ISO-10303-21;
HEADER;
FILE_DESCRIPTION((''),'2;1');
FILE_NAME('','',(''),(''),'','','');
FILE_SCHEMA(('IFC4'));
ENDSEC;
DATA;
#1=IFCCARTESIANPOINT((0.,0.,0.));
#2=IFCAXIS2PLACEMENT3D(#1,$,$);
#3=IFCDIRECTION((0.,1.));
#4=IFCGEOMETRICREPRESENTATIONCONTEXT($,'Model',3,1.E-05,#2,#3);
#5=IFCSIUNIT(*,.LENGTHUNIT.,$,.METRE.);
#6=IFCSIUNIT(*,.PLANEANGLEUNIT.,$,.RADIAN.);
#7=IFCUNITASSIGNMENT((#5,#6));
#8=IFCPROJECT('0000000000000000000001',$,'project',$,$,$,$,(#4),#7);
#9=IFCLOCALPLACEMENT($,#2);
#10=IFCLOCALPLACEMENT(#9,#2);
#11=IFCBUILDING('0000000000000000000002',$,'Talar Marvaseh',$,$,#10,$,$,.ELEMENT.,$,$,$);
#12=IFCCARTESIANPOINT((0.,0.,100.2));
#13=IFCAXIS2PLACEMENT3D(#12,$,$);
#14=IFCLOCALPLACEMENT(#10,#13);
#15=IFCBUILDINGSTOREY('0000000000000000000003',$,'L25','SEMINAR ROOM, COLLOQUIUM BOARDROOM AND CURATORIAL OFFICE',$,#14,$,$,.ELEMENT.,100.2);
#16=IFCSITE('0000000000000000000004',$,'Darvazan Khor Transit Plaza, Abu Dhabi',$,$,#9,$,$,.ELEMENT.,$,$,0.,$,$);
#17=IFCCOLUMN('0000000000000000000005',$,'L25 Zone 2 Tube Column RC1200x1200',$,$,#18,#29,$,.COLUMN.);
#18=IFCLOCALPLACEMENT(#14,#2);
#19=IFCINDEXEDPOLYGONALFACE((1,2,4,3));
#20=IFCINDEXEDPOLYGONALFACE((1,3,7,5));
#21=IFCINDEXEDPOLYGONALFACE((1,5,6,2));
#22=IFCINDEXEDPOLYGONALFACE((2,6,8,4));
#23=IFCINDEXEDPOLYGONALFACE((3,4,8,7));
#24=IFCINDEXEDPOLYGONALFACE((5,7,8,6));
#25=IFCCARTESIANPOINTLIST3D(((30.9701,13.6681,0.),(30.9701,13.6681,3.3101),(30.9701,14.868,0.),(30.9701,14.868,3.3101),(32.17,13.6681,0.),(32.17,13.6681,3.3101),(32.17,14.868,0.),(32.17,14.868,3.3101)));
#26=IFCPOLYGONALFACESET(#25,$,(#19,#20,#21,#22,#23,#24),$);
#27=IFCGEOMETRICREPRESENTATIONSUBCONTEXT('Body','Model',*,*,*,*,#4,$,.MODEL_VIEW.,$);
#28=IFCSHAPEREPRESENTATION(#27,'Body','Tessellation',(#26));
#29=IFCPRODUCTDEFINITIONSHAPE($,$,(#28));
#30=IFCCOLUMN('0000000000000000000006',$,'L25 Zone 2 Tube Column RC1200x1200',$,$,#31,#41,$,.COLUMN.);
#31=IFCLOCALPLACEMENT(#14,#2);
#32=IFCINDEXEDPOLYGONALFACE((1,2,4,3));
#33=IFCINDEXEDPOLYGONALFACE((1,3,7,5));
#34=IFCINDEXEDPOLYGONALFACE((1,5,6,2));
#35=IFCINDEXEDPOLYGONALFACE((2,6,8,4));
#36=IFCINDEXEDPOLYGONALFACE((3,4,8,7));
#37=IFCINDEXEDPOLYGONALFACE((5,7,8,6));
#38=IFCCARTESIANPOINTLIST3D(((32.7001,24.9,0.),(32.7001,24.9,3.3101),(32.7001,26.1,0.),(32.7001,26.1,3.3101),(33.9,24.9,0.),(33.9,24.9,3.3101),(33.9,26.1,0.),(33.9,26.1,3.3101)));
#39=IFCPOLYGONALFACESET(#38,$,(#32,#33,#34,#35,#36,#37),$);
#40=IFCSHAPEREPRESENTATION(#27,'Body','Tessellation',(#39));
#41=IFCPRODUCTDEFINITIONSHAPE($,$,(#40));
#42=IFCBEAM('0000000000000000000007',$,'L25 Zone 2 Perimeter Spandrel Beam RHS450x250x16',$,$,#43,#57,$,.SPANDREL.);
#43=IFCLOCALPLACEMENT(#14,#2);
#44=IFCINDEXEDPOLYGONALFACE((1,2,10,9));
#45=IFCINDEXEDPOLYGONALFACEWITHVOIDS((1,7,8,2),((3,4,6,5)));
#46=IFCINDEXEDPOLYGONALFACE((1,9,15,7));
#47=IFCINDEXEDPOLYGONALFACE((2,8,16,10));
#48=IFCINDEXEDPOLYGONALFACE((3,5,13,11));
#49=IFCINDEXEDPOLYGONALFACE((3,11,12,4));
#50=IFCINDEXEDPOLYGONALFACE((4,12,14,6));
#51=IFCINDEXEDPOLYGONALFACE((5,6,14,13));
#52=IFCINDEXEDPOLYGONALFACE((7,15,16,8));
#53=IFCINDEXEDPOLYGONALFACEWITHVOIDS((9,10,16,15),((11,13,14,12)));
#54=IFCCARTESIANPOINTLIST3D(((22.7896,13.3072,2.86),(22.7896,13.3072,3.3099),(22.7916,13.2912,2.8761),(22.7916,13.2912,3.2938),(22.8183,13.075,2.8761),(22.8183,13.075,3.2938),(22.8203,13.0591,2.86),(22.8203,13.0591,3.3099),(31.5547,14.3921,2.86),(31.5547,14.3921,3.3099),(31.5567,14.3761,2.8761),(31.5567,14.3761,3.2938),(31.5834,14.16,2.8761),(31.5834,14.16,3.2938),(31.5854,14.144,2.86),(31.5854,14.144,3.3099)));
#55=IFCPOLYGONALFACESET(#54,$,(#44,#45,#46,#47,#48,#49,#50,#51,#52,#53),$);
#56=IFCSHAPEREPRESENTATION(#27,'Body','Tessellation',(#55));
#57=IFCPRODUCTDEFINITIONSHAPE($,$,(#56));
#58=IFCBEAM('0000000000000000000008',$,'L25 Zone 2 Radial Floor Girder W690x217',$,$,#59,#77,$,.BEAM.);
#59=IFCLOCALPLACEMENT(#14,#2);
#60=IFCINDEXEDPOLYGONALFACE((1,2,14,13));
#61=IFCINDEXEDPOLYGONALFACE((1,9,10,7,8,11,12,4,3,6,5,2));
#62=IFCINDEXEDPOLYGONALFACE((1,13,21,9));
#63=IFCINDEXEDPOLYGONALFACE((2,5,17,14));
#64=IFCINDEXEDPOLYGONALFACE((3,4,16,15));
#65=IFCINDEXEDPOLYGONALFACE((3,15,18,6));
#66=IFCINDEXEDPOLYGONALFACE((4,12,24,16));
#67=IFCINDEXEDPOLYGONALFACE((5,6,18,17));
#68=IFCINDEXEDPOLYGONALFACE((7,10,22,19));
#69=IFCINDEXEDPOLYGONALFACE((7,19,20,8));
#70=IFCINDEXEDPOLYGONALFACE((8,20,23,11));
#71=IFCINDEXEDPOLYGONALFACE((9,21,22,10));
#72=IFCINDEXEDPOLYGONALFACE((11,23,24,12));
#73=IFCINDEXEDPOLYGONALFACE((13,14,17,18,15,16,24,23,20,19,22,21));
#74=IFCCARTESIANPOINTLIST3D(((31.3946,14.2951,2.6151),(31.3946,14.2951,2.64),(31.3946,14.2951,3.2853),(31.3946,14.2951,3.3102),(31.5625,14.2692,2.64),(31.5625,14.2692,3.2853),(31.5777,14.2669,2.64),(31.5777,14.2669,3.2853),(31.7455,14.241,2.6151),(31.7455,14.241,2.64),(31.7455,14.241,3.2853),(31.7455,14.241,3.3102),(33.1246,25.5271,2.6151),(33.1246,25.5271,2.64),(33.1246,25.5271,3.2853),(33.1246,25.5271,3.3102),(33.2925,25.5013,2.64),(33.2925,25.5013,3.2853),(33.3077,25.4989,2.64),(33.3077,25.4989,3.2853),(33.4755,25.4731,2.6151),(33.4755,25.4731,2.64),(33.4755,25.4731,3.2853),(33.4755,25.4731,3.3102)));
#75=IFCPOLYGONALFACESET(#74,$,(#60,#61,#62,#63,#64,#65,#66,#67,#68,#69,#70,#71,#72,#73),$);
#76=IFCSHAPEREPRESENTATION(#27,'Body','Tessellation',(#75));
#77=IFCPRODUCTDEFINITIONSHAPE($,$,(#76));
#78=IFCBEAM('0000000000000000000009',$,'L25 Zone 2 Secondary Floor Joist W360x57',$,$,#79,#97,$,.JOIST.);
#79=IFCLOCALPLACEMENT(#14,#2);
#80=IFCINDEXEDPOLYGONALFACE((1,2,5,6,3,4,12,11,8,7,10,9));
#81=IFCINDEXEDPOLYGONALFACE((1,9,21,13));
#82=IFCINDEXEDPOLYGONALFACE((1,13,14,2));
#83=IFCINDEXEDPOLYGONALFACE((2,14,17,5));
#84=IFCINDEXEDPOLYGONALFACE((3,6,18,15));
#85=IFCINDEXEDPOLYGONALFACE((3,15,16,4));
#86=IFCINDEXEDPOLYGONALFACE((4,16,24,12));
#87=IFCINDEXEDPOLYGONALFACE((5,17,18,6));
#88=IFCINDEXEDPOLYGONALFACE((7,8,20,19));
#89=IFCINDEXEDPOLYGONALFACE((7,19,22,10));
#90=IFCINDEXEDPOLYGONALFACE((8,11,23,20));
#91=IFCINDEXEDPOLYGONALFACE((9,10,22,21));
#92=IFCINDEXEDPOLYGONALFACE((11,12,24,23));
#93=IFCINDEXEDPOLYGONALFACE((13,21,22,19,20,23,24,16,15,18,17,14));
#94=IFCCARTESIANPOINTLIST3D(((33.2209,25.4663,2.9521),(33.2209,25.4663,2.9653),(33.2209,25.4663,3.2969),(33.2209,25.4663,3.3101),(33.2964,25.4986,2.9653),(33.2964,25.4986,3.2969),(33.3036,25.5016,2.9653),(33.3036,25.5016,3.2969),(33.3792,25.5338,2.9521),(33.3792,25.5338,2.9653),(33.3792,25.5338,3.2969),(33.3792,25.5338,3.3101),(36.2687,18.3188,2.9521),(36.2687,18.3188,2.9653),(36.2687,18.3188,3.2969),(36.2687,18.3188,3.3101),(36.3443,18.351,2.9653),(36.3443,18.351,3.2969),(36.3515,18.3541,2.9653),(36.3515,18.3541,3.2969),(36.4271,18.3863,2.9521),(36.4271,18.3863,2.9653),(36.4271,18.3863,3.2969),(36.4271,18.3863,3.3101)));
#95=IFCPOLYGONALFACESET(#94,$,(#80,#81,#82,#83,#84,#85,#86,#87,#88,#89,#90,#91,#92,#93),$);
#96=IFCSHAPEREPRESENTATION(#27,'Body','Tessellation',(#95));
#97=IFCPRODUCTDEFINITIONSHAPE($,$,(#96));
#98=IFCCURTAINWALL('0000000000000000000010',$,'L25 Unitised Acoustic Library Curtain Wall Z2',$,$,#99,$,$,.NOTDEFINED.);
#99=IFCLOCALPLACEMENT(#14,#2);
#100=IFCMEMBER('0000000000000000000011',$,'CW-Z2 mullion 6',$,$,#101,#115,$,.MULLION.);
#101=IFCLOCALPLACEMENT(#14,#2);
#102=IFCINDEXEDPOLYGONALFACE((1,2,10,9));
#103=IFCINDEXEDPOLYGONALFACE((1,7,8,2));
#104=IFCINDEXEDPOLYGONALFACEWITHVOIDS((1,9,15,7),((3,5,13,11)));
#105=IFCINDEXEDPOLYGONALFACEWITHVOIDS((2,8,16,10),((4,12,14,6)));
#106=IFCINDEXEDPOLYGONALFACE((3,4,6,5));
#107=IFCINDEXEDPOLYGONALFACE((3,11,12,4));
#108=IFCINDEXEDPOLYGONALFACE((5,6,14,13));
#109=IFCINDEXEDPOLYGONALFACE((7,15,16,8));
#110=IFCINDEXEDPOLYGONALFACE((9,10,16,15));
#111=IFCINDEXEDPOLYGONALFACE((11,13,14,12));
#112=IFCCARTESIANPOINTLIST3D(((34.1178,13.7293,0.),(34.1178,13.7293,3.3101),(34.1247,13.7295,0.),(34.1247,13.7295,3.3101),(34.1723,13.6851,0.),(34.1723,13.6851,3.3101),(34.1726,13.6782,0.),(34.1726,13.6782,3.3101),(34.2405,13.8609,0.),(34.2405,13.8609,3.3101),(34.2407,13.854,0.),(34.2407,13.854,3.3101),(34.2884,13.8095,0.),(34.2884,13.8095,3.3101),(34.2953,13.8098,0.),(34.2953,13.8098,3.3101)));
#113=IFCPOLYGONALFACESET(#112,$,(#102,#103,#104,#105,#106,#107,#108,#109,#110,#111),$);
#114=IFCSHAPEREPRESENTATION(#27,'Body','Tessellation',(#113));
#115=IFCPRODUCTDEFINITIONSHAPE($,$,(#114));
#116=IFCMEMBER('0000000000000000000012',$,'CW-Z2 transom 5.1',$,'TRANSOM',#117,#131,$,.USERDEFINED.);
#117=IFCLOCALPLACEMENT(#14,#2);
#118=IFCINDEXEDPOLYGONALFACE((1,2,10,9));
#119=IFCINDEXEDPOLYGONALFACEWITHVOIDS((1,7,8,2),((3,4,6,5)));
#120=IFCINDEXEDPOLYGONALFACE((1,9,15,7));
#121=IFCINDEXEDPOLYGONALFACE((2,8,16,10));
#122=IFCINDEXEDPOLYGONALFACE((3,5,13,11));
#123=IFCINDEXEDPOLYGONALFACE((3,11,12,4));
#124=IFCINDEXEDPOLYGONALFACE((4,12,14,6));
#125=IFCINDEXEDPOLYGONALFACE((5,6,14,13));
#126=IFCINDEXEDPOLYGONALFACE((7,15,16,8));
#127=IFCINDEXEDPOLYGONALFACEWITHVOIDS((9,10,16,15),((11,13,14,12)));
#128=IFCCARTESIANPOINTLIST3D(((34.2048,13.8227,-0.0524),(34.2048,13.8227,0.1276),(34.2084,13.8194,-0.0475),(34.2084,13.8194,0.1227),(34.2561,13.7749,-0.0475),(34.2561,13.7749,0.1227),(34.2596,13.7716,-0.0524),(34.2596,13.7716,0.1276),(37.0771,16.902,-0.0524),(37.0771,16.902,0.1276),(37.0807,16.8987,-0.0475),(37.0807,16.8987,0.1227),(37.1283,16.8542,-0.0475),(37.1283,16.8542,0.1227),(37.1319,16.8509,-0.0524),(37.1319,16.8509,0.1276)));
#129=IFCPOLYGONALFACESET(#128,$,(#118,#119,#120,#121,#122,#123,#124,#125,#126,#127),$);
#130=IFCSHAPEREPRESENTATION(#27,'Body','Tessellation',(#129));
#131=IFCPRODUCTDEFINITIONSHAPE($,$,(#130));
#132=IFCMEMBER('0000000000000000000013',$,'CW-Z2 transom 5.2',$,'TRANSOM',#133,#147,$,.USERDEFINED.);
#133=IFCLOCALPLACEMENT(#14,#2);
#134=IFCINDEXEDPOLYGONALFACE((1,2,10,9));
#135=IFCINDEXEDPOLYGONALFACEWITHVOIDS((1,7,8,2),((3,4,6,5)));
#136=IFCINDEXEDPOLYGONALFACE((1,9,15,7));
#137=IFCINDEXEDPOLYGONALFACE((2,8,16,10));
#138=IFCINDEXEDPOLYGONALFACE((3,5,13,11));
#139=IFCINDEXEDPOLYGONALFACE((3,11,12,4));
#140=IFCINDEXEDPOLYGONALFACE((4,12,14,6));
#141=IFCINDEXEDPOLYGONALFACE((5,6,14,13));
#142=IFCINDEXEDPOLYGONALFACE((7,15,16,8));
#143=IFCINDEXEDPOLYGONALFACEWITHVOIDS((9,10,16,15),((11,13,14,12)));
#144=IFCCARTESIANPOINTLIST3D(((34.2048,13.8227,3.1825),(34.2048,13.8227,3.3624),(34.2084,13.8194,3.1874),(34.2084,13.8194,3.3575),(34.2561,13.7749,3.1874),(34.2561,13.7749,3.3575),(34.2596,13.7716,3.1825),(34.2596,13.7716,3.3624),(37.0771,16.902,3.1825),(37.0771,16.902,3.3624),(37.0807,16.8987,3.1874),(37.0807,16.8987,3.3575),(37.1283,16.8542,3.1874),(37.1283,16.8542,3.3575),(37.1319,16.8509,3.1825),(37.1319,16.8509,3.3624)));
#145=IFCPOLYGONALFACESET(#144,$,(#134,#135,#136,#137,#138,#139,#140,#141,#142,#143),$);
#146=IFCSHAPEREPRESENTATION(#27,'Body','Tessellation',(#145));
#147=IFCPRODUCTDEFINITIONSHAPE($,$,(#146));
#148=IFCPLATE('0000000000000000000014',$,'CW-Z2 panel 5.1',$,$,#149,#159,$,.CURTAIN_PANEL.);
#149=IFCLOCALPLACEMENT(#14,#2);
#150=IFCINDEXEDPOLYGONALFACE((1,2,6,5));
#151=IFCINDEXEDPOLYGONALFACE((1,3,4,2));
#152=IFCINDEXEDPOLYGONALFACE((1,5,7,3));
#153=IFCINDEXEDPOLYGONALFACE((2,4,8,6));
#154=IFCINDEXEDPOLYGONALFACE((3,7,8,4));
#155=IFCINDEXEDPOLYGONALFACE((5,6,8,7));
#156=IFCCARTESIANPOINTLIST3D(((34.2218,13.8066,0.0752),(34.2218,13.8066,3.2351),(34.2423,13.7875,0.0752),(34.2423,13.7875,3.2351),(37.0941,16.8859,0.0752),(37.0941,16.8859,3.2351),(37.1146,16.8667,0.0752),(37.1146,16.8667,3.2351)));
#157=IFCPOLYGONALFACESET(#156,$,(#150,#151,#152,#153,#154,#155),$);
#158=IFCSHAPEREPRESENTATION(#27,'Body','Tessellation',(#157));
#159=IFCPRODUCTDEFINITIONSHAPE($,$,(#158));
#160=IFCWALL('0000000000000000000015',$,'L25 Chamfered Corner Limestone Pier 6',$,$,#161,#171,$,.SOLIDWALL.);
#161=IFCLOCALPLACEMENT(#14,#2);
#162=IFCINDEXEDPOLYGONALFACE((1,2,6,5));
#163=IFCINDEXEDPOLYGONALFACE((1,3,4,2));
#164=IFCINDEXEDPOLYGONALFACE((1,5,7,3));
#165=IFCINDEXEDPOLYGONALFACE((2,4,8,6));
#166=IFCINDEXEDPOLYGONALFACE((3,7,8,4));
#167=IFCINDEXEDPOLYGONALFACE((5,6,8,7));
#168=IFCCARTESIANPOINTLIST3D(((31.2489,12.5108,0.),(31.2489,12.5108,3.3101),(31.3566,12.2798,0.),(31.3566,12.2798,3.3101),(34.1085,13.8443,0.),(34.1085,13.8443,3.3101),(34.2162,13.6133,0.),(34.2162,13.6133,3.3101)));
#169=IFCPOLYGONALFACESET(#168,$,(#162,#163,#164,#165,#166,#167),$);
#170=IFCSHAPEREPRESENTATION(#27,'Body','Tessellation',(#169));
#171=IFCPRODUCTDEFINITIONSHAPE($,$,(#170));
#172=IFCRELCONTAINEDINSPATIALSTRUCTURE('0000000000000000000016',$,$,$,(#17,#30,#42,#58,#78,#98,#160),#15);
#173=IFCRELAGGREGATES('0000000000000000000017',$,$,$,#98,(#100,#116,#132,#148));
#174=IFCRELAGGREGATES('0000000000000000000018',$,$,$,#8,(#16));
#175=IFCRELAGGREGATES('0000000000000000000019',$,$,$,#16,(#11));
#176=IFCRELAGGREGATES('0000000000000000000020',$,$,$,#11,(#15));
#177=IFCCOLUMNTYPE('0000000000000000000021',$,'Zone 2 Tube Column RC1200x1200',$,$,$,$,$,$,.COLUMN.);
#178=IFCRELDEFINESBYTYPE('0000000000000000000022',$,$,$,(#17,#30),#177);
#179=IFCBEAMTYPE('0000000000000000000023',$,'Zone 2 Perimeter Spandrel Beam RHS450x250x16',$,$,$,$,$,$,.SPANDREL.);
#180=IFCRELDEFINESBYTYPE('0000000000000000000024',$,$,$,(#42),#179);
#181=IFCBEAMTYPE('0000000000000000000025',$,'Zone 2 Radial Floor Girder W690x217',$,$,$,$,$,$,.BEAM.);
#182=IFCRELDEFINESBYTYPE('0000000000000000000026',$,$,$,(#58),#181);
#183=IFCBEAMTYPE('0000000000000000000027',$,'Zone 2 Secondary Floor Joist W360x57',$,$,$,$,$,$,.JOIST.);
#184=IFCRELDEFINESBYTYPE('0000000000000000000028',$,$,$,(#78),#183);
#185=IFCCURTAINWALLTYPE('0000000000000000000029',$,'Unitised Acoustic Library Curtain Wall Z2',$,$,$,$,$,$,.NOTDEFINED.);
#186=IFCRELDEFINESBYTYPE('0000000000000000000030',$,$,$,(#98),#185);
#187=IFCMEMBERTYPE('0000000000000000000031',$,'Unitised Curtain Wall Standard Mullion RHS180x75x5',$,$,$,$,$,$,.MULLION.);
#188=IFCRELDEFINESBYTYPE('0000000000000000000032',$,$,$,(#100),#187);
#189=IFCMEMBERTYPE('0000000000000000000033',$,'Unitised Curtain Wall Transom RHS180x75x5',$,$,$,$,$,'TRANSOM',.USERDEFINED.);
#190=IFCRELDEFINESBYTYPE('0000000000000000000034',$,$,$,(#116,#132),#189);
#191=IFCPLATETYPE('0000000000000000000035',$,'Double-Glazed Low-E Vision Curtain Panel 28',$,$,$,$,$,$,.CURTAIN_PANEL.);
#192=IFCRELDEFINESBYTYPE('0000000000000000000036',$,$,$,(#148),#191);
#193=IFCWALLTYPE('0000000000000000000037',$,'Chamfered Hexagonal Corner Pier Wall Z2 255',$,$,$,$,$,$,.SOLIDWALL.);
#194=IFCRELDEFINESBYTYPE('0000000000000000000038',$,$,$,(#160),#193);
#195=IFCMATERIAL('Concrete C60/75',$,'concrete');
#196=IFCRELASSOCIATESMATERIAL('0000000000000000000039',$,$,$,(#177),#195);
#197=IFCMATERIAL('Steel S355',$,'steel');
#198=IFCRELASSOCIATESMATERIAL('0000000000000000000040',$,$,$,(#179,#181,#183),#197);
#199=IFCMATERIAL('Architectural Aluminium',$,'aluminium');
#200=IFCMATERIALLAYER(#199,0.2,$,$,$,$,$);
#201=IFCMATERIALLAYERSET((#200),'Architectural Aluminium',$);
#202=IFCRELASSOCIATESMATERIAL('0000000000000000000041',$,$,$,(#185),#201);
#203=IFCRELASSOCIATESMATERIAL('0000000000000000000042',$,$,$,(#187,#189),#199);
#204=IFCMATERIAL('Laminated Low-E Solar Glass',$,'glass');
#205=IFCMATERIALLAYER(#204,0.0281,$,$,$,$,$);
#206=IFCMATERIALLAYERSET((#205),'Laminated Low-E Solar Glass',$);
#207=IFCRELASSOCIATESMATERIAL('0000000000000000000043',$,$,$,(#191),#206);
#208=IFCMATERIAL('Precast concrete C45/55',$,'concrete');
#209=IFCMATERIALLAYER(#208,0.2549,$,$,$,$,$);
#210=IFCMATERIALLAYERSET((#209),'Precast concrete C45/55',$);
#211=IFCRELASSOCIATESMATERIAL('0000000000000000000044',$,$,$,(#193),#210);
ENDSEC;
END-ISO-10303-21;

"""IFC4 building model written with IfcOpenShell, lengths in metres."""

from ifc_helpers import new_model, si_unit, direction, frame, frame_2d, origin, origin_2d, place, context, subcontext, project, spatial, rectangle, hollow_rectangle, i_section, extrude, source, transform, mapped, material, layer, layer_set, material_profile, profile_set, type_object, type_shapes, element, aggregate, save


model = new_model("IFC4")

# Units and contexts
model_context = context("Model", 3, precision=1e-05, world=origin(), true_north=direction((0.0, 1.0)))
body_context = subcontext(model_context, "Body", "Model", "MODEL_VIEW")
ifc_project = project(units=[si_unit("LENGTHUNIT", "METRE"), si_unit("PLANEANGLEUNIT", "RADIAN")], contexts=[model_context])

# Site, building, storey
site_placement = place(None, origin())
site = spatial("IfcSite", under=ifc_project, at=site_placement, Name="Darvazan Khor Transit Plaza, Abu Dhabi", CompositionType="ELEMENT", RefElevation=0.0)
building_placement = place(site_placement, origin())
building = spatial("IfcBuilding", under=site, at=building_placement, Name="Talar Marvaseh", CompositionType="ELEMENT")
storey_placement = place(building_placement, frame((0.0, 0.0, 100.2)))
storey = spatial("IfcBuildingStorey", under=building, at=storey_placement, Name="L25", Description="SEMINAR ROOM, COLLOQUIUM BOARDROOM AND CURATORIAL OFFICE", CompositionType="ELEMENT", Elevation=100.2)

# Columns
ifc_material_1 = material(Name="Concrete C60/75", Category="concrete")
ifc_material_profile_1 = material_profile(ifc_material_1, rectangle(XDim=1.2, YDim=1.2, at=origin_2d()), Name="RC1200x1200")
ifc_profile_set_1 = profile_set([ifc_material_profile_1], Name="Concrete C60/75")
column_type = type_object("IfcColumnType", Name="Zone 2 Tube Column RC1200x1200", PredefinedType="COLUMN", material=ifc_profile_set_1)
for number, where, z_axis, x_axis, name in (
    (1, (31.5701, 14.2681, 0.0), (0.0, 0.0, 1.0), (1.0, 0.0, 0.0), "L25 Zone 2 Tube Column RC1200x1200"),
    (2, (33.3, 25.5, 0.0), (0.0, 0.0, 1.0), (1.0, 0.0, 0.0), "L25 Zone 2 Tube Column RC1200x1200"),
):
    element("IfcColumn", number, at=place(storey_placement, frame(where, z_axis=z_axis, x_axis=x_axis)), inside=storey, type_object=column_type, Name=name, PredefinedType="COLUMN", context=body_context, shape_type="SweptSolid", body=[
        extrude(rectangle(XDim=1.2, YDim=1.2, at=origin_2d()), origin(), (0.0, 0.0, 1.0), 3.3101),
    ])

# Beams
ifc_material_2 = material(Name="Steel S355", Category="steel")
ifc_material_profile_2 = material_profile(ifc_material_2, hollow_rectangle(XDim=0.25, YDim=0.45, WallThickness=0.0161, at=origin_2d()), Name="RHS450x250x16")
ifc_profile_set_2 = profile_set([ifc_material_profile_2], Name="Steel S355")
beam_type_1 = type_object("IfcBeamType", Name="Zone 2 Perimeter Spandrel Beam RHS450x250x16", PredefinedType="SPANDREL", material=ifc_profile_set_2)
beam_1_placement = place(storey_placement, frame((31.5701, 14.2681, 3.085), z_axis=(-0.992426, -0.122844, 0.0), x_axis=(0.122844, -0.992426, 0.0)))
element("IfcBeam", 3, at=beam_1_placement, inside=storey, type_object=beam_type_1, Name="L25 Zone 2 Perimeter Spandrel Beam RHS450x250x16", PredefinedType="SPANDREL", context=body_context, shape_type="SweptSolid", body=[
    extrude(hollow_rectangle(XDim=0.25, YDim=0.45, WallThickness=0.0161, at=origin_2d()), origin(), (0.0, 0.0, 1.0), 8.832),
])
ifc_material_profile_3 = material_profile(ifc_material_2, i_section(OverallWidth=0.355, OverallDepth=0.6951, WebThickness=0.0154, FlangeThickness=0.0249, at=origin_2d()), Name="W690x217")
ifc_profile_set_3 = profile_set([ifc_material_profile_3], Name="Steel S355")
beam_type_2 = type_object("IfcBeamType", Name="Zone 2 Radial Floor Girder W690x217", PredefinedType="BEAM", material=ifc_profile_set_3)
beam_2_placement = place(storey_placement, frame((31.5701, 14.2681, 2.9626), z_axis=(0.152228, 0.988345, 0.0), x_axis=(-0.988345, 0.152228, 0.0)))
element("IfcBeam", 4, at=beam_2_placement, inside=storey, type_object=beam_type_2, Name="L25 Zone 2 Radial Floor Girder W690x217", PredefinedType="BEAM", context=body_context, shape_type="SweptSolid", body=[
    extrude(i_section(OverallWidth=0.355, OverallDepth=0.6951, WebThickness=0.0154, FlangeThickness=0.0249, at=origin_2d()), origin(), (0.0, 0.0, 1.0), 11.3645),
])
ifc_material_profile_4 = material_profile(ifc_material_2, i_section(OverallWidth=0.1721, OverallDepth=0.3579, WebThickness=0.0078, FlangeThickness=0.0132, at=origin_2d()), Name="W360x57")
ifc_profile_set_4 = profile_set([ifc_material_profile_4], Name="Steel S355")
beam_type_3 = type_object("IfcBeamType", Name="Zone 2 Secondary Floor Joist W360x57", PredefinedType="JOIST", material=ifc_profile_set_4)
beam_3_placement = place(storey_placement, frame((36.3479, 18.3525, 3.1311), z_axis=(-0.39225, 0.919859, 0.0), x_axis=(-0.919859, -0.39225, 0.0)))
element("IfcBeam", 5, at=beam_3_placement, inside=storey, type_object=beam_type_3, Name="L25 Zone 2 Secondary Floor Joist W360x57", PredefinedType="JOIST", context=body_context, shape_type="SweptSolid", body=[
    extrude(i_section(OverallWidth=0.1721, OverallDepth=0.3579, WebThickness=0.0078, FlangeThickness=0.0132, at=origin_2d()), origin(), (0.0, 0.0, 1.0), 7.7703),
])

# Curtain wall, members, plate
ifc_material_3 = material(Name="Architectural Aluminium", Category="aluminium")
ifc_layer_1 = layer(ifc_material_3, 0.2)
ifc_layer_set_1 = layer_set([ifc_layer_1], Name="Architectural Aluminium")
curtain_wall_type = type_object("IfcCurtainWallType", Name="Unitised Acoustic Library Curtain Wall Z2", PredefinedType="NOTDEFINED", material=ifc_layer_set_1)
curtain_wall_placement = place(storey_placement, origin())
curtain_wall = element("IfcCurtainWall", 6, at=curtain_wall_placement, inside=storey, type_object=curtain_wall_type, Name="L25 Unitised Acoustic Library Curtain Wall Z2", PredefinedType="NOTDEFINED")
ifc_material_profile_5 = material_profile(ifc_material_3, hollow_rectangle(XDim=0.075, YDim=0.1799, WallThickness=0.0049, at=origin_2d()), Name="RHS180x75x5")
ifc_profile_set_5 = profile_set([ifc_material_profile_5], Name="Architectural Aluminium")
member_type_1 = type_object("IfcMemberType", Name="Unitised Curtain Wall Standard Mullion RHS180x75x5", PredefinedType="MULLION", material=ifc_profile_set_5)
shared_shape_1 = source(origin(), body_context, "Body", "SweptSolid", [
    extrude(hollow_rectangle(XDim=0.075, YDim=0.1799, WallThickness=0.0049, at=origin_2d()), origin(), (0.0, 0.0, 1.0), 3.3101),
])
type_shapes(member_type_1, [shared_shape_1])
member_1_placement = place(storey_placement, frame((34.2065, 13.7695, 0.0), z_axis=(0.0, 0.0, 1.0), x_axis=(0.73125, -0.68211, 0.0)))
member_1 = element("IfcMember", 7, at=member_1_placement, type_object=member_type_1, Name="CW-Z2 mullion 6", PredefinedType="MULLION", context=body_context, shape_type="MappedRepresentation", body=[
    mapped(shared_shape_1, transform((0.0, 0.0, 0.0), x_axis=(1.0, 0.0, 0.0), y_axis=(0.0, 1.0, 0.0), z_axis=(0.0, 0.0, 1.0), scale=1.0)),
])
ifc_material_profile_6 = material_profile(ifc_material_3, hollow_rectangle(XDim=0.075, YDim=0.1799, WallThickness=0.0049, at=origin_2d()), Name="RHS180x75x5")
ifc_profile_set_6 = profile_set([ifc_material_profile_6], Name="Architectural Aluminium")
member_type_2 = type_object("IfcMemberType", Name="Unitised Curtain Wall Transom RHS180x75x5", ElementType="TRANSOM", PredefinedType="USERDEFINED", material=ifc_profile_set_6)
shared_shape_2 = source(origin(), body_context, "Body", "SweptSolid", [
    extrude(hollow_rectangle(XDim=0.075, YDim=0.1799, WallThickness=0.0049, at=origin_2d()), origin(), (0.0, 0.0, 1.0), 4.2109),
])
type_shapes(member_type_2, [shared_shape_2])
member_2_placement = place(storey_placement, frame((37.1045, 16.8765, 0.0376), z_axis=(-0.682097, -0.731262, 0.0), x_axis=(0.731262, -0.682097, 0.0)))
member_2 = element("IfcMember", 8, at=member_2_placement, type_object=member_type_2, Name="CW-Z2 transom 5.1", ObjectType="TRANSOM", PredefinedType="USERDEFINED", context=body_context, shape_type="MappedRepresentation", body=[
    mapped(shared_shape_2, transform((0.0, 0.0, 0.0), x_axis=(1.0, 0.0, 0.0), y_axis=(0.0, 1.0, 0.0), z_axis=(0.0, 0.0, 1.0), scale=1.0)),
])
member_3_placement = place(storey_placement, frame((37.1045, 16.8765, 3.2725), z_axis=(-0.682097, -0.731262, 0.0), x_axis=(0.731262, -0.682097, 0.0)))
member_3 = element("IfcMember", 9, at=member_3_placement, type_object=member_type_2, Name="CW-Z2 transom 5.2", ObjectType="TRANSOM", PredefinedType="USERDEFINED", context=body_context, shape_type="MappedRepresentation", body=[
    mapped(shared_shape_2, transform((0.0, 0.0, 0.0), x_axis=(1.0, 0.0, 0.0), y_axis=(0.0, 1.0, 0.0), z_axis=(0.0, 0.0, 1.0), scale=1.0)),
])
ifc_material_4 = material(Name="Laminated Low-E Solar Glass", Category="glass")
ifc_layer_2 = layer(ifc_material_4, 0.0281)
ifc_layer_set_2 = layer_set([ifc_layer_2], Name="Laminated Low-E Solar Glass")
plate_type = type_object("IfcPlateType", Name="Double-Glazed Low-E Vision Curtain Panel 28", PredefinedType="CURTAIN_PANEL", material=ifc_layer_set_2)
shared_shape_3 = source(origin(), body_context, "Body", "SweptSolid", [
    extrude(rectangle(XDim=4.2109, YDim=0.0281, at=origin_2d()), origin(), (0.0, 0.0, 1.0), 3.1599),
])
type_shapes(plate_type, [shared_shape_3])
plate_placement = place(storey_placement, frame((35.6682, 15.3367, 0.0752), z_axis=(0.0, 0.0, 1.0), x_axis=(-0.68211, -0.73125, 0.0)))
plate = element("IfcPlate", 10, at=plate_placement, type_object=plate_type, Name="CW-Z2 panel 5.1", PredefinedType="CURTAIN_PANEL", context=body_context, shape_type="MappedRepresentation", body=[
    mapped(shared_shape_3, transform((0.0, 0.0, 0.0), x_axis=(1.0, 0.0, 0.0), y_axis=(0.0, 1.0, 0.0), z_axis=(0.0, 0.0, 1.0), scale=1.0)),
])
aggregate(curtain_wall, [member_1, member_2, member_3, plate])

# Wall
ifc_material_5 = material(Name="Precast concrete C45/55", Category="concrete")
ifc_layer_3 = layer(ifc_material_5, 0.2549)
ifc_layer_set_3 = layer_set([ifc_layer_3], Name="Precast concrete C45/55")
wall_type_1 = type_object("IfcWallType", Name="Chamfered Hexagonal Corner Pier Wall Z2 255", PredefinedType="SOLIDWALL", material=ifc_layer_set_3)
wall_1_placement = place(storey_placement, frame((34.1624, 13.7288, 0.0), z_axis=(0.0, 0.0, 1.0), x_axis=(-0.906304, -0.422627, 0.0)))
element("IfcWall", 11, at=wall_1_placement, inside=storey, type_object=wall_type_1, Name="L25 Chamfered Corner Limestone Pier 6", PredefinedType="SOLIDWALL", context=body_context, shape_type="SweptSolid", body=[
    extrude(rectangle(XDim=3.1553, YDim=0.2549, at=frame_2d((1.5776, 0.0))), origin(), (0.0, 0.0, 1.0), 3.3101),
])

save(model, "model.ifc")
